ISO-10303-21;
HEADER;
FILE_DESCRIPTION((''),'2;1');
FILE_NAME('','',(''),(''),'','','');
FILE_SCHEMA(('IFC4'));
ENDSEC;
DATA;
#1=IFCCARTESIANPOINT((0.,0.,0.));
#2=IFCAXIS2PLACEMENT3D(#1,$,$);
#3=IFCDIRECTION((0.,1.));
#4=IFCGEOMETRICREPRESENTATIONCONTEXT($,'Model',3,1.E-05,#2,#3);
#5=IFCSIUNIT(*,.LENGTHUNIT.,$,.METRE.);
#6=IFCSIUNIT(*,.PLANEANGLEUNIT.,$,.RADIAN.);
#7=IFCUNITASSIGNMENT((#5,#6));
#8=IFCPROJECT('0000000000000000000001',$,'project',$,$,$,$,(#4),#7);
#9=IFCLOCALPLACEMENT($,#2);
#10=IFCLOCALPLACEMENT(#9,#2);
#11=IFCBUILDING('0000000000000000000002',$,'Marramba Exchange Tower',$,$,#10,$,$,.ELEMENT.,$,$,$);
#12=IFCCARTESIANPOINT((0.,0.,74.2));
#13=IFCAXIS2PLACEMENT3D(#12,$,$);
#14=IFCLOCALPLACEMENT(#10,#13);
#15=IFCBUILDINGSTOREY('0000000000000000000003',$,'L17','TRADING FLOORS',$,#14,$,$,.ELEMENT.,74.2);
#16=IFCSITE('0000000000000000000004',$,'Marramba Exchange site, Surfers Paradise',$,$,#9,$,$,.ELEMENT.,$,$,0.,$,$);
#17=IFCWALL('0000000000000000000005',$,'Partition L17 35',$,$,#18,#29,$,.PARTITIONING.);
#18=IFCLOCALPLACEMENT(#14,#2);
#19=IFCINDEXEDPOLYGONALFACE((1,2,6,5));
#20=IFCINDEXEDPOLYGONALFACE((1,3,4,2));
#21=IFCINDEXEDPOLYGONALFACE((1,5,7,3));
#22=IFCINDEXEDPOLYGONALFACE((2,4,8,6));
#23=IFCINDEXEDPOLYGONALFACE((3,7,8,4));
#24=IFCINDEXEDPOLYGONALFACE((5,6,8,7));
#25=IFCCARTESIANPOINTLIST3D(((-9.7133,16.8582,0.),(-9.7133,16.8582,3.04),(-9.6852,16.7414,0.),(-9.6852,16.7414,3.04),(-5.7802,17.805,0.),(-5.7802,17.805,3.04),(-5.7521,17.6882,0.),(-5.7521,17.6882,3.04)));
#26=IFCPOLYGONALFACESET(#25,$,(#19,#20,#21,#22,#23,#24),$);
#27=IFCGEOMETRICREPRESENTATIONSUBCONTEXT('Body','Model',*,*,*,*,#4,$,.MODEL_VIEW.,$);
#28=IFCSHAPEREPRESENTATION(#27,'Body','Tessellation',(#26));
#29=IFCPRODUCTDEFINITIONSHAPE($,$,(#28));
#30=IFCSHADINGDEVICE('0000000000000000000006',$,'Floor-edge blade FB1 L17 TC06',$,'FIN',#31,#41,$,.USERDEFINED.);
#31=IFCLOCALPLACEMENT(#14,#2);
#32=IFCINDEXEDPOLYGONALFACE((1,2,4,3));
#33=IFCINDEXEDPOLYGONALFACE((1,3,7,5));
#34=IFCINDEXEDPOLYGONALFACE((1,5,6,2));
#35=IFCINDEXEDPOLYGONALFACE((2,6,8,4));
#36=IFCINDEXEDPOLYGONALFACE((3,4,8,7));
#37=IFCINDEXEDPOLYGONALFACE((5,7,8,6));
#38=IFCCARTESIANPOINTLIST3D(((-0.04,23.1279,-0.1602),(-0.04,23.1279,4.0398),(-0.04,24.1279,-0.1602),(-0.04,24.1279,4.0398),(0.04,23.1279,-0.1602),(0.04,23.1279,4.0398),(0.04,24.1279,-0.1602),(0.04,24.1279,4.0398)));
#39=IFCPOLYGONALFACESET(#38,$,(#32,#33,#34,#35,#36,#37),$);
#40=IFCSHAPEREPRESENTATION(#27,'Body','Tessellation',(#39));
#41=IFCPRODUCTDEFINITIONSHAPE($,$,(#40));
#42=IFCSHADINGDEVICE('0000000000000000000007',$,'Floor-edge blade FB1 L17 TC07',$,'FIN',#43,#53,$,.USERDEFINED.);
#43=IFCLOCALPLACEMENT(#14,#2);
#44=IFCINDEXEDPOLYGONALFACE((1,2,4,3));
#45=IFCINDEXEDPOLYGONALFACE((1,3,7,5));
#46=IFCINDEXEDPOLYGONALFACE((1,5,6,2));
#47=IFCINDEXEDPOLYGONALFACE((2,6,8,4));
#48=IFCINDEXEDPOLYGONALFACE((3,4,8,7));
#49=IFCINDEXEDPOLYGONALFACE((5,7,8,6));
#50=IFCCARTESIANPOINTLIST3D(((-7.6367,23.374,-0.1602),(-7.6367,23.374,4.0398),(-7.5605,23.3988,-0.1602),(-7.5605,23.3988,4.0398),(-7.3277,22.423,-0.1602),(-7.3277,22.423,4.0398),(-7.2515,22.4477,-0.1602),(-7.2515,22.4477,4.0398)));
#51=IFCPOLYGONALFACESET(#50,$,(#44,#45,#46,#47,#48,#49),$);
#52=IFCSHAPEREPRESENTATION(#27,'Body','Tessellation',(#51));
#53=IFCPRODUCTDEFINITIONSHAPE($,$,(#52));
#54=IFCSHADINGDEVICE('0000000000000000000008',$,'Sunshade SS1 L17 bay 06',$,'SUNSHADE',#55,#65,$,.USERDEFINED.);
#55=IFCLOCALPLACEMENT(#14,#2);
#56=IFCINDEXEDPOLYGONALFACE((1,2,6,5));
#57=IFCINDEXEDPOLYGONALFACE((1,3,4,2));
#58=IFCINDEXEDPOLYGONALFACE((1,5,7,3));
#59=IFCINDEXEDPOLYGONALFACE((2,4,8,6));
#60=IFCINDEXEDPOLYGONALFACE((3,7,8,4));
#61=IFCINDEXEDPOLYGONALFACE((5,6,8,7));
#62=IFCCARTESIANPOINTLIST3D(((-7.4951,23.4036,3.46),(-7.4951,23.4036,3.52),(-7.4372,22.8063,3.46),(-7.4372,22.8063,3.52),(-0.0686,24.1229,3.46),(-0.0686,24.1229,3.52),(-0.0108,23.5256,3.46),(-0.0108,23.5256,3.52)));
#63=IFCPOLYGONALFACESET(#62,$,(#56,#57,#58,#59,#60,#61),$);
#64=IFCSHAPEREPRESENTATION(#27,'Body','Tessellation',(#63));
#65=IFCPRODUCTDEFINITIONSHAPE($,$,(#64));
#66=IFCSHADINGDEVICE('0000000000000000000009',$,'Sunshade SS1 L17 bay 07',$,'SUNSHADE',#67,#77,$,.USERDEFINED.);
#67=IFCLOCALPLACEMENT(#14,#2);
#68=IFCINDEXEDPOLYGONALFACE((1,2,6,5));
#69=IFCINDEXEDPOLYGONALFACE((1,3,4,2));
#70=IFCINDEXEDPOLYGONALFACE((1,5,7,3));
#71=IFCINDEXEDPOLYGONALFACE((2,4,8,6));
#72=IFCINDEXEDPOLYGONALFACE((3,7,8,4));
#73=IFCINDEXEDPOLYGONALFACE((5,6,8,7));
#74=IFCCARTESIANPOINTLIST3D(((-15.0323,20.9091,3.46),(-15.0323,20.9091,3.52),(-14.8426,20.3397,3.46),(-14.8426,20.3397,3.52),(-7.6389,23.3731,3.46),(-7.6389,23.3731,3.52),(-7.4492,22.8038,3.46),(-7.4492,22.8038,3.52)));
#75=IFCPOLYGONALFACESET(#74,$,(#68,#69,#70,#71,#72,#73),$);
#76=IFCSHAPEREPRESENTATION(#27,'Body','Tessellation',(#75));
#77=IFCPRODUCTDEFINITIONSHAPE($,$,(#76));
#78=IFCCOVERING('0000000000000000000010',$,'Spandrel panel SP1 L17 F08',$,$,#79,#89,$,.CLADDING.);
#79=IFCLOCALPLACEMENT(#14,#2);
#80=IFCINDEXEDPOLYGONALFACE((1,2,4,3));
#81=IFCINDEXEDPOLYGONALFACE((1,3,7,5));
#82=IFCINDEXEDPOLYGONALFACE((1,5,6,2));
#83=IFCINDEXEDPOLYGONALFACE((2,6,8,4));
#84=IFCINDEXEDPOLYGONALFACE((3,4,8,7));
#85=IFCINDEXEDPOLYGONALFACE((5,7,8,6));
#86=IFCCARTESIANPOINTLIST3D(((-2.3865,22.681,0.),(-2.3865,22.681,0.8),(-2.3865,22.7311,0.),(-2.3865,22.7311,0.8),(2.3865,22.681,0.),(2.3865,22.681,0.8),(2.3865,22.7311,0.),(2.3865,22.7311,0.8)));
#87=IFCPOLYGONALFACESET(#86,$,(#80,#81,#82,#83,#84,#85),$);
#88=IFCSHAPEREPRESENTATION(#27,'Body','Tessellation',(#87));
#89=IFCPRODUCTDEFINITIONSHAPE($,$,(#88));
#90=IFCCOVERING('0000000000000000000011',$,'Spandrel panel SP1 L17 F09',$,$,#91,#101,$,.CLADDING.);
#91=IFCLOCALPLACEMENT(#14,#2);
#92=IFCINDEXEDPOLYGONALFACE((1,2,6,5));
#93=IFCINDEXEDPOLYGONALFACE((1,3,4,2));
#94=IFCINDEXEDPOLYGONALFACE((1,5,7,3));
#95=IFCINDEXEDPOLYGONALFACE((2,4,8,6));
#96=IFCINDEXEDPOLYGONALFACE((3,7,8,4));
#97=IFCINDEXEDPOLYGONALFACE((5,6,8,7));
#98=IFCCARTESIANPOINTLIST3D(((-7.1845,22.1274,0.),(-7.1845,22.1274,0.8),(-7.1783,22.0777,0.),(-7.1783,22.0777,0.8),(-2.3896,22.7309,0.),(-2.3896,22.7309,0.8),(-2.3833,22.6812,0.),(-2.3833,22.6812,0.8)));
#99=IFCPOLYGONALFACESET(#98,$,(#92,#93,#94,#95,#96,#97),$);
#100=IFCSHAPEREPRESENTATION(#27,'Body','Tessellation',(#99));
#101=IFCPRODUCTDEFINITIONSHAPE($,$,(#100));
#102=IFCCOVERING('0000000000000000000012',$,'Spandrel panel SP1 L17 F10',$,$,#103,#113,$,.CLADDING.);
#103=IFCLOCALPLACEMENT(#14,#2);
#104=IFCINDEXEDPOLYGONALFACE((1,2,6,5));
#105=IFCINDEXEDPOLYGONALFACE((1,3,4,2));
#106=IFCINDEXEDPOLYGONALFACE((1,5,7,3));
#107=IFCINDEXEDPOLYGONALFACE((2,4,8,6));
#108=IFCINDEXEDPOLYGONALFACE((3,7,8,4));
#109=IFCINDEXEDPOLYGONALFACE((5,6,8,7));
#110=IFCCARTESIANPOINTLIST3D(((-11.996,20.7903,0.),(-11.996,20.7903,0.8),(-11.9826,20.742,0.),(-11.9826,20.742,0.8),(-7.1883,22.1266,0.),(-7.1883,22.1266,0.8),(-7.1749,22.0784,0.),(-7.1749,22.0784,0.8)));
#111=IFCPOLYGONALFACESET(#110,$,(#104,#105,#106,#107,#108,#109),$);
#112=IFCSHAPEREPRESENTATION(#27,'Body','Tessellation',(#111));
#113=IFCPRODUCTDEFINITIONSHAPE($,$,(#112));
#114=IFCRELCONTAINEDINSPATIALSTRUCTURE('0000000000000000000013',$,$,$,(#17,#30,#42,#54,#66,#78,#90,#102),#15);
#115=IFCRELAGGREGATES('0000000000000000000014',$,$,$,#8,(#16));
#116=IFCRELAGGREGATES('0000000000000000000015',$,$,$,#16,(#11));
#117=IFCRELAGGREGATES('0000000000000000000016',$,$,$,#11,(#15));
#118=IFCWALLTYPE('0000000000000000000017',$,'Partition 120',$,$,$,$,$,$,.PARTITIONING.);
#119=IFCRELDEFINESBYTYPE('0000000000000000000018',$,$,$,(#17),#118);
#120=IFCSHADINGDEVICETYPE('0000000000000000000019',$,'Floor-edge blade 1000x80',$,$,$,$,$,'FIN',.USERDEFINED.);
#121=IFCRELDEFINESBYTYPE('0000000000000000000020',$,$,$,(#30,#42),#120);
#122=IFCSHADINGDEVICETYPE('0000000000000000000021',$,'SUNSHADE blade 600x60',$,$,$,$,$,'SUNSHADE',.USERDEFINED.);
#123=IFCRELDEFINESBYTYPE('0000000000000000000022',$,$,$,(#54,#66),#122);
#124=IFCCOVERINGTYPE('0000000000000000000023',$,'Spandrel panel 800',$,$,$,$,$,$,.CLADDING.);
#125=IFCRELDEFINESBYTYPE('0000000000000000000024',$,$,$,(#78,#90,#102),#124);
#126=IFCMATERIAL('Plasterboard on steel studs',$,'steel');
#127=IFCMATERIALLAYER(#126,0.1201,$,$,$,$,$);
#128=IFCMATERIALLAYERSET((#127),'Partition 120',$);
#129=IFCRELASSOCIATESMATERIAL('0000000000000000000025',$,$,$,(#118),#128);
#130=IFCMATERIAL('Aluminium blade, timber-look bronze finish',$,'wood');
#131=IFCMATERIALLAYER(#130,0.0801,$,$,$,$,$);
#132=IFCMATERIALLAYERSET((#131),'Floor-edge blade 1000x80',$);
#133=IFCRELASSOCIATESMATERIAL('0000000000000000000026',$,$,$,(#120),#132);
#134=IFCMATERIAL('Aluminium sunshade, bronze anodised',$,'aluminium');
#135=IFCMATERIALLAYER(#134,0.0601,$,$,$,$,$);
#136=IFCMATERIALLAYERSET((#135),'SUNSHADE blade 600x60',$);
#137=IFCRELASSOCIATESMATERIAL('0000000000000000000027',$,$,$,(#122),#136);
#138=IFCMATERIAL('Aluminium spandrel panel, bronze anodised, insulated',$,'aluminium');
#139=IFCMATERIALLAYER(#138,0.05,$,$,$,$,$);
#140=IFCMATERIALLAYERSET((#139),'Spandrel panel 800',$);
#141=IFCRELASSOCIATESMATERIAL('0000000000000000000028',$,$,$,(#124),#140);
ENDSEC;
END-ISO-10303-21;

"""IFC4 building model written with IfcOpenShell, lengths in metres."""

from ifc_helpers import new_model, si_unit, direction, frame, frame_2d, origin, origin_2d, place, context, subcontext, project, spatial, rectangle, extrude, material, layer, layer_set, type_object, element, save


model = new_model("IFC4")

# Units and contexts
model_context = context("Model", 3, precision=1e-05, world=origin(), true_north=direction((0.0, 1.0)))
body_context = subcontext(model_context, "Body", "Model", "MODEL_VIEW")
ifc_project = project(units=[si_unit("LENGTHUNIT", "METRE"), si_unit("PLANEANGLEUNIT", "RADIAN")], contexts=[model_context])

# Site, building, storey
site_placement = place(None, origin())
site = spatial("IfcSite", under=ifc_project, at=site_placement, Name="Marramba Exchange site, Surfers Paradise", CompositionType="ELEMENT", RefElevation=0.0)
building_placement = place(site_placement, origin())
building = spatial("IfcBuilding", under=site, at=building_placement, Name="Marramba Exchange Tower", CompositionType="ELEMENT")
storey_placement = place(building_placement, frame((0.0, 0.0, 74.2)))
storey = spatial("IfcBuildingStorey", under=building, at=storey_placement, Name="L17", Description="TRADING FLOORS", CompositionType="ELEMENT", Elevation=74.2)

# Shared definitions
ifc_material_1 = material(Name="Plasterboard on steel studs", Category="steel")
ifc_layer_1 = layer(ifc_material_1, 0.1201)
ifc_layer_set_1 = layer_set([ifc_layer_1], Name="Partition 120")
wall_type = type_object("IfcWallType", Name="Partition 120", PredefinedType="PARTITIONING", material=ifc_layer_set_1)

# Wall
wall_1_placement = place(storey_placement, frame((-9.6992, 16.7998, 0.0), z_axis=(0.0, 0.0, 1.0), x_axis=(0.972228, 0.234035, 0.0)))
element("IfcWall", 1, at=wall_1_placement, inside=storey, type_object=wall_type, Name="Partition L17 35", PredefinedType="PARTITIONING", context=body_context, shape_type="SweptSolid", body=[
    extrude(rectangle(XDim=4.0454, YDim=0.1201, at=frame_2d((2.0227, 0.0))), origin(), (0.0, 0.0, 1.0), 3.04),
])

# Shading devices
ifc_material_2 = material(Name="Aluminium blade, timber-look bronze finish", Category="wood")
ifc_layer_2 = layer(ifc_material_2, 0.0801)
ifc_layer_set_2 = layer_set([ifc_layer_2], Name="Floor-edge blade 1000x80")
shading_device_type_1 = type_object("IfcShadingDeviceType", Name="Floor-edge blade 1000x80", ElementType="FIN", PredefinedType="USERDEFINED", material=ifc_layer_set_2)
for number, where, z_axis, x_axis, name in (
    (2, (0.0, 23.6279, -0.1602), (0.0, 0.0, 1.0), (0.0, 1.0, 0.0), "Floor-edge blade FB1 L17 TC06"),
    (3, (-7.4441, 22.9109, -0.1602), (0.0, 0.0, 1.0), (-0.309017, 0.951057, 0.0), "Floor-edge blade FB1 L17 TC07"),
):
    element("IfcShadingDevice", number, at=place(storey_placement, frame(where, z_axis=z_axis, x_axis=x_axis)), inside=storey, type_object=shading_device_type_1, Name=name, ObjectType="FIN", PredefinedType="USERDEFINED", context=body_context, shape_type="SweptSolid", body=[
        extrude(rectangle(XDim=1.0, YDim=0.0801, at=origin_2d()), origin(), (0.0, 0.0, 1.0), 4.2),
    ])
ifc_material_3 = material(Name="Aluminium sunshade, bronze anodised", Category="aluminium")
ifc_layer_3 = layer(ifc_material_3, 0.0601)
ifc_layer_set_3 = layer_set([ifc_layer_3], Name="SUNSHADE blade 600x60")
shading_device_type_2 = type_object("IfcShadingDeviceType", Name="SUNSHADE blade 600x60", ElementType="SUNSHADE", PredefinedType="USERDEFINED", material=ifc_layer_set_3)
shading_device_1_placement = place(storey_placement, frame((-3.7529, 23.4646, 3.46), z_axis=(0.0, 0.0, 1.0), x_axis=(-0.995343, -0.096398, 0.0)))
element("IfcShadingDevice", 4, at=shading_device_1_placement, inside=storey, type_object=shading_device_type_2, Name="Sunshade SS1 L17 bay 06", ObjectType="SUNSHADE", PredefinedType="USERDEFINED", context=body_context, shape_type="SweptSolid", body=[
    extrude(rectangle(XDim=7.4612, YDim=0.6001, at=origin_2d()), origin(), (0.0, 0.0, 1.0), 0.0601),
])
shading_device_2_placement = place(storey_placement, frame((-11.2407, 21.8564, 3.46), z_axis=(0.0, 0.0, 1.0), x_axis=(-0.948698, -0.316184, 0.0)))
element("IfcShadingDevice", 5, at=shading_device_2_placement, inside=storey, type_object=shading_device_type_2, Name="Sunshade SS1 L17 bay 07", ObjectType="SUNSHADE", PredefinedType="USERDEFINED", context=body_context, shape_type="SweptSolid", body=[
    extrude(rectangle(XDim=7.7932, YDim=0.6001, at=origin_2d()), origin(), (0.0, 0.0, 1.0), 0.0601),
])

# Coverings
ifc_material_4 = material(Name="Aluminium spandrel panel, bronze anodised, insulated", Category="aluminium")
ifc_layer_4 = layer(ifc_material_4, 0.05)
ifc_layer_set_4 = layer_set([ifc_layer_4], Name="Spandrel panel 800")
covering_type = type_object("IfcCoveringType", Name="Spandrel panel 800", PredefinedType="CLADDING", material=ifc_layer_set_4)
covering_1_placement = place(storey_placement, frame((0.0, 22.7061, 0.0), z_axis=(0.0, 0.0, 1.0), x_axis=(-1.0, 0.0, 0.0)))
element("IfcCovering", 6, at=covering_1_placement, inside=storey, type_object=covering_type, Name="Spandrel panel SP1 L17 F08", PredefinedType="CLADDING", context=body_context, shape_type="SweptSolid", body=[
    extrude(rectangle(XDim=4.7729, YDim=0.05, at=origin_2d()), origin(), (0.0, 0.0, 1.0), 0.8),
])
covering_2_placement = place(storey_placement, frame((-4.7839, 22.4043, 0.0), z_axis=(0.0, 0.0, 1.0), x_axis=(-0.992173, -0.124873, 0.0)))
element("IfcCovering", 7, at=covering_2_placement, inside=storey, type_object=covering_type, Name="Spandrel panel SP1 L17 F09", PredefinedType="CLADDING", context=body_context, shape_type="SweptSolid", body=[
    extrude(rectangle(XDim=4.8328, YDim=0.05, at=origin_2d()), origin(), (0.0, 0.0, 1.0), 0.8),
])
covering_3_placement = place(storey_placement, frame((-9.5854, 21.4343, 0.0), z_axis=(0.0, 0.0, 1.0), x_axis=(-0.963472, -0.267809, 0.0)))
element("IfcCovering", 8, at=covering_3_placement, inside=storey, type_object=covering_type, Name="Spandrel panel SP1 L17 F10", PredefinedType="CLADDING", context=body_context, shape_type="SweptSolid", body=[
    extrude(rectangle(XDim=4.99, YDim=0.05, at=origin_2d()), origin(), (0.0, 0.0, 1.0), 0.8),
])

save(model, "model.ifc")
